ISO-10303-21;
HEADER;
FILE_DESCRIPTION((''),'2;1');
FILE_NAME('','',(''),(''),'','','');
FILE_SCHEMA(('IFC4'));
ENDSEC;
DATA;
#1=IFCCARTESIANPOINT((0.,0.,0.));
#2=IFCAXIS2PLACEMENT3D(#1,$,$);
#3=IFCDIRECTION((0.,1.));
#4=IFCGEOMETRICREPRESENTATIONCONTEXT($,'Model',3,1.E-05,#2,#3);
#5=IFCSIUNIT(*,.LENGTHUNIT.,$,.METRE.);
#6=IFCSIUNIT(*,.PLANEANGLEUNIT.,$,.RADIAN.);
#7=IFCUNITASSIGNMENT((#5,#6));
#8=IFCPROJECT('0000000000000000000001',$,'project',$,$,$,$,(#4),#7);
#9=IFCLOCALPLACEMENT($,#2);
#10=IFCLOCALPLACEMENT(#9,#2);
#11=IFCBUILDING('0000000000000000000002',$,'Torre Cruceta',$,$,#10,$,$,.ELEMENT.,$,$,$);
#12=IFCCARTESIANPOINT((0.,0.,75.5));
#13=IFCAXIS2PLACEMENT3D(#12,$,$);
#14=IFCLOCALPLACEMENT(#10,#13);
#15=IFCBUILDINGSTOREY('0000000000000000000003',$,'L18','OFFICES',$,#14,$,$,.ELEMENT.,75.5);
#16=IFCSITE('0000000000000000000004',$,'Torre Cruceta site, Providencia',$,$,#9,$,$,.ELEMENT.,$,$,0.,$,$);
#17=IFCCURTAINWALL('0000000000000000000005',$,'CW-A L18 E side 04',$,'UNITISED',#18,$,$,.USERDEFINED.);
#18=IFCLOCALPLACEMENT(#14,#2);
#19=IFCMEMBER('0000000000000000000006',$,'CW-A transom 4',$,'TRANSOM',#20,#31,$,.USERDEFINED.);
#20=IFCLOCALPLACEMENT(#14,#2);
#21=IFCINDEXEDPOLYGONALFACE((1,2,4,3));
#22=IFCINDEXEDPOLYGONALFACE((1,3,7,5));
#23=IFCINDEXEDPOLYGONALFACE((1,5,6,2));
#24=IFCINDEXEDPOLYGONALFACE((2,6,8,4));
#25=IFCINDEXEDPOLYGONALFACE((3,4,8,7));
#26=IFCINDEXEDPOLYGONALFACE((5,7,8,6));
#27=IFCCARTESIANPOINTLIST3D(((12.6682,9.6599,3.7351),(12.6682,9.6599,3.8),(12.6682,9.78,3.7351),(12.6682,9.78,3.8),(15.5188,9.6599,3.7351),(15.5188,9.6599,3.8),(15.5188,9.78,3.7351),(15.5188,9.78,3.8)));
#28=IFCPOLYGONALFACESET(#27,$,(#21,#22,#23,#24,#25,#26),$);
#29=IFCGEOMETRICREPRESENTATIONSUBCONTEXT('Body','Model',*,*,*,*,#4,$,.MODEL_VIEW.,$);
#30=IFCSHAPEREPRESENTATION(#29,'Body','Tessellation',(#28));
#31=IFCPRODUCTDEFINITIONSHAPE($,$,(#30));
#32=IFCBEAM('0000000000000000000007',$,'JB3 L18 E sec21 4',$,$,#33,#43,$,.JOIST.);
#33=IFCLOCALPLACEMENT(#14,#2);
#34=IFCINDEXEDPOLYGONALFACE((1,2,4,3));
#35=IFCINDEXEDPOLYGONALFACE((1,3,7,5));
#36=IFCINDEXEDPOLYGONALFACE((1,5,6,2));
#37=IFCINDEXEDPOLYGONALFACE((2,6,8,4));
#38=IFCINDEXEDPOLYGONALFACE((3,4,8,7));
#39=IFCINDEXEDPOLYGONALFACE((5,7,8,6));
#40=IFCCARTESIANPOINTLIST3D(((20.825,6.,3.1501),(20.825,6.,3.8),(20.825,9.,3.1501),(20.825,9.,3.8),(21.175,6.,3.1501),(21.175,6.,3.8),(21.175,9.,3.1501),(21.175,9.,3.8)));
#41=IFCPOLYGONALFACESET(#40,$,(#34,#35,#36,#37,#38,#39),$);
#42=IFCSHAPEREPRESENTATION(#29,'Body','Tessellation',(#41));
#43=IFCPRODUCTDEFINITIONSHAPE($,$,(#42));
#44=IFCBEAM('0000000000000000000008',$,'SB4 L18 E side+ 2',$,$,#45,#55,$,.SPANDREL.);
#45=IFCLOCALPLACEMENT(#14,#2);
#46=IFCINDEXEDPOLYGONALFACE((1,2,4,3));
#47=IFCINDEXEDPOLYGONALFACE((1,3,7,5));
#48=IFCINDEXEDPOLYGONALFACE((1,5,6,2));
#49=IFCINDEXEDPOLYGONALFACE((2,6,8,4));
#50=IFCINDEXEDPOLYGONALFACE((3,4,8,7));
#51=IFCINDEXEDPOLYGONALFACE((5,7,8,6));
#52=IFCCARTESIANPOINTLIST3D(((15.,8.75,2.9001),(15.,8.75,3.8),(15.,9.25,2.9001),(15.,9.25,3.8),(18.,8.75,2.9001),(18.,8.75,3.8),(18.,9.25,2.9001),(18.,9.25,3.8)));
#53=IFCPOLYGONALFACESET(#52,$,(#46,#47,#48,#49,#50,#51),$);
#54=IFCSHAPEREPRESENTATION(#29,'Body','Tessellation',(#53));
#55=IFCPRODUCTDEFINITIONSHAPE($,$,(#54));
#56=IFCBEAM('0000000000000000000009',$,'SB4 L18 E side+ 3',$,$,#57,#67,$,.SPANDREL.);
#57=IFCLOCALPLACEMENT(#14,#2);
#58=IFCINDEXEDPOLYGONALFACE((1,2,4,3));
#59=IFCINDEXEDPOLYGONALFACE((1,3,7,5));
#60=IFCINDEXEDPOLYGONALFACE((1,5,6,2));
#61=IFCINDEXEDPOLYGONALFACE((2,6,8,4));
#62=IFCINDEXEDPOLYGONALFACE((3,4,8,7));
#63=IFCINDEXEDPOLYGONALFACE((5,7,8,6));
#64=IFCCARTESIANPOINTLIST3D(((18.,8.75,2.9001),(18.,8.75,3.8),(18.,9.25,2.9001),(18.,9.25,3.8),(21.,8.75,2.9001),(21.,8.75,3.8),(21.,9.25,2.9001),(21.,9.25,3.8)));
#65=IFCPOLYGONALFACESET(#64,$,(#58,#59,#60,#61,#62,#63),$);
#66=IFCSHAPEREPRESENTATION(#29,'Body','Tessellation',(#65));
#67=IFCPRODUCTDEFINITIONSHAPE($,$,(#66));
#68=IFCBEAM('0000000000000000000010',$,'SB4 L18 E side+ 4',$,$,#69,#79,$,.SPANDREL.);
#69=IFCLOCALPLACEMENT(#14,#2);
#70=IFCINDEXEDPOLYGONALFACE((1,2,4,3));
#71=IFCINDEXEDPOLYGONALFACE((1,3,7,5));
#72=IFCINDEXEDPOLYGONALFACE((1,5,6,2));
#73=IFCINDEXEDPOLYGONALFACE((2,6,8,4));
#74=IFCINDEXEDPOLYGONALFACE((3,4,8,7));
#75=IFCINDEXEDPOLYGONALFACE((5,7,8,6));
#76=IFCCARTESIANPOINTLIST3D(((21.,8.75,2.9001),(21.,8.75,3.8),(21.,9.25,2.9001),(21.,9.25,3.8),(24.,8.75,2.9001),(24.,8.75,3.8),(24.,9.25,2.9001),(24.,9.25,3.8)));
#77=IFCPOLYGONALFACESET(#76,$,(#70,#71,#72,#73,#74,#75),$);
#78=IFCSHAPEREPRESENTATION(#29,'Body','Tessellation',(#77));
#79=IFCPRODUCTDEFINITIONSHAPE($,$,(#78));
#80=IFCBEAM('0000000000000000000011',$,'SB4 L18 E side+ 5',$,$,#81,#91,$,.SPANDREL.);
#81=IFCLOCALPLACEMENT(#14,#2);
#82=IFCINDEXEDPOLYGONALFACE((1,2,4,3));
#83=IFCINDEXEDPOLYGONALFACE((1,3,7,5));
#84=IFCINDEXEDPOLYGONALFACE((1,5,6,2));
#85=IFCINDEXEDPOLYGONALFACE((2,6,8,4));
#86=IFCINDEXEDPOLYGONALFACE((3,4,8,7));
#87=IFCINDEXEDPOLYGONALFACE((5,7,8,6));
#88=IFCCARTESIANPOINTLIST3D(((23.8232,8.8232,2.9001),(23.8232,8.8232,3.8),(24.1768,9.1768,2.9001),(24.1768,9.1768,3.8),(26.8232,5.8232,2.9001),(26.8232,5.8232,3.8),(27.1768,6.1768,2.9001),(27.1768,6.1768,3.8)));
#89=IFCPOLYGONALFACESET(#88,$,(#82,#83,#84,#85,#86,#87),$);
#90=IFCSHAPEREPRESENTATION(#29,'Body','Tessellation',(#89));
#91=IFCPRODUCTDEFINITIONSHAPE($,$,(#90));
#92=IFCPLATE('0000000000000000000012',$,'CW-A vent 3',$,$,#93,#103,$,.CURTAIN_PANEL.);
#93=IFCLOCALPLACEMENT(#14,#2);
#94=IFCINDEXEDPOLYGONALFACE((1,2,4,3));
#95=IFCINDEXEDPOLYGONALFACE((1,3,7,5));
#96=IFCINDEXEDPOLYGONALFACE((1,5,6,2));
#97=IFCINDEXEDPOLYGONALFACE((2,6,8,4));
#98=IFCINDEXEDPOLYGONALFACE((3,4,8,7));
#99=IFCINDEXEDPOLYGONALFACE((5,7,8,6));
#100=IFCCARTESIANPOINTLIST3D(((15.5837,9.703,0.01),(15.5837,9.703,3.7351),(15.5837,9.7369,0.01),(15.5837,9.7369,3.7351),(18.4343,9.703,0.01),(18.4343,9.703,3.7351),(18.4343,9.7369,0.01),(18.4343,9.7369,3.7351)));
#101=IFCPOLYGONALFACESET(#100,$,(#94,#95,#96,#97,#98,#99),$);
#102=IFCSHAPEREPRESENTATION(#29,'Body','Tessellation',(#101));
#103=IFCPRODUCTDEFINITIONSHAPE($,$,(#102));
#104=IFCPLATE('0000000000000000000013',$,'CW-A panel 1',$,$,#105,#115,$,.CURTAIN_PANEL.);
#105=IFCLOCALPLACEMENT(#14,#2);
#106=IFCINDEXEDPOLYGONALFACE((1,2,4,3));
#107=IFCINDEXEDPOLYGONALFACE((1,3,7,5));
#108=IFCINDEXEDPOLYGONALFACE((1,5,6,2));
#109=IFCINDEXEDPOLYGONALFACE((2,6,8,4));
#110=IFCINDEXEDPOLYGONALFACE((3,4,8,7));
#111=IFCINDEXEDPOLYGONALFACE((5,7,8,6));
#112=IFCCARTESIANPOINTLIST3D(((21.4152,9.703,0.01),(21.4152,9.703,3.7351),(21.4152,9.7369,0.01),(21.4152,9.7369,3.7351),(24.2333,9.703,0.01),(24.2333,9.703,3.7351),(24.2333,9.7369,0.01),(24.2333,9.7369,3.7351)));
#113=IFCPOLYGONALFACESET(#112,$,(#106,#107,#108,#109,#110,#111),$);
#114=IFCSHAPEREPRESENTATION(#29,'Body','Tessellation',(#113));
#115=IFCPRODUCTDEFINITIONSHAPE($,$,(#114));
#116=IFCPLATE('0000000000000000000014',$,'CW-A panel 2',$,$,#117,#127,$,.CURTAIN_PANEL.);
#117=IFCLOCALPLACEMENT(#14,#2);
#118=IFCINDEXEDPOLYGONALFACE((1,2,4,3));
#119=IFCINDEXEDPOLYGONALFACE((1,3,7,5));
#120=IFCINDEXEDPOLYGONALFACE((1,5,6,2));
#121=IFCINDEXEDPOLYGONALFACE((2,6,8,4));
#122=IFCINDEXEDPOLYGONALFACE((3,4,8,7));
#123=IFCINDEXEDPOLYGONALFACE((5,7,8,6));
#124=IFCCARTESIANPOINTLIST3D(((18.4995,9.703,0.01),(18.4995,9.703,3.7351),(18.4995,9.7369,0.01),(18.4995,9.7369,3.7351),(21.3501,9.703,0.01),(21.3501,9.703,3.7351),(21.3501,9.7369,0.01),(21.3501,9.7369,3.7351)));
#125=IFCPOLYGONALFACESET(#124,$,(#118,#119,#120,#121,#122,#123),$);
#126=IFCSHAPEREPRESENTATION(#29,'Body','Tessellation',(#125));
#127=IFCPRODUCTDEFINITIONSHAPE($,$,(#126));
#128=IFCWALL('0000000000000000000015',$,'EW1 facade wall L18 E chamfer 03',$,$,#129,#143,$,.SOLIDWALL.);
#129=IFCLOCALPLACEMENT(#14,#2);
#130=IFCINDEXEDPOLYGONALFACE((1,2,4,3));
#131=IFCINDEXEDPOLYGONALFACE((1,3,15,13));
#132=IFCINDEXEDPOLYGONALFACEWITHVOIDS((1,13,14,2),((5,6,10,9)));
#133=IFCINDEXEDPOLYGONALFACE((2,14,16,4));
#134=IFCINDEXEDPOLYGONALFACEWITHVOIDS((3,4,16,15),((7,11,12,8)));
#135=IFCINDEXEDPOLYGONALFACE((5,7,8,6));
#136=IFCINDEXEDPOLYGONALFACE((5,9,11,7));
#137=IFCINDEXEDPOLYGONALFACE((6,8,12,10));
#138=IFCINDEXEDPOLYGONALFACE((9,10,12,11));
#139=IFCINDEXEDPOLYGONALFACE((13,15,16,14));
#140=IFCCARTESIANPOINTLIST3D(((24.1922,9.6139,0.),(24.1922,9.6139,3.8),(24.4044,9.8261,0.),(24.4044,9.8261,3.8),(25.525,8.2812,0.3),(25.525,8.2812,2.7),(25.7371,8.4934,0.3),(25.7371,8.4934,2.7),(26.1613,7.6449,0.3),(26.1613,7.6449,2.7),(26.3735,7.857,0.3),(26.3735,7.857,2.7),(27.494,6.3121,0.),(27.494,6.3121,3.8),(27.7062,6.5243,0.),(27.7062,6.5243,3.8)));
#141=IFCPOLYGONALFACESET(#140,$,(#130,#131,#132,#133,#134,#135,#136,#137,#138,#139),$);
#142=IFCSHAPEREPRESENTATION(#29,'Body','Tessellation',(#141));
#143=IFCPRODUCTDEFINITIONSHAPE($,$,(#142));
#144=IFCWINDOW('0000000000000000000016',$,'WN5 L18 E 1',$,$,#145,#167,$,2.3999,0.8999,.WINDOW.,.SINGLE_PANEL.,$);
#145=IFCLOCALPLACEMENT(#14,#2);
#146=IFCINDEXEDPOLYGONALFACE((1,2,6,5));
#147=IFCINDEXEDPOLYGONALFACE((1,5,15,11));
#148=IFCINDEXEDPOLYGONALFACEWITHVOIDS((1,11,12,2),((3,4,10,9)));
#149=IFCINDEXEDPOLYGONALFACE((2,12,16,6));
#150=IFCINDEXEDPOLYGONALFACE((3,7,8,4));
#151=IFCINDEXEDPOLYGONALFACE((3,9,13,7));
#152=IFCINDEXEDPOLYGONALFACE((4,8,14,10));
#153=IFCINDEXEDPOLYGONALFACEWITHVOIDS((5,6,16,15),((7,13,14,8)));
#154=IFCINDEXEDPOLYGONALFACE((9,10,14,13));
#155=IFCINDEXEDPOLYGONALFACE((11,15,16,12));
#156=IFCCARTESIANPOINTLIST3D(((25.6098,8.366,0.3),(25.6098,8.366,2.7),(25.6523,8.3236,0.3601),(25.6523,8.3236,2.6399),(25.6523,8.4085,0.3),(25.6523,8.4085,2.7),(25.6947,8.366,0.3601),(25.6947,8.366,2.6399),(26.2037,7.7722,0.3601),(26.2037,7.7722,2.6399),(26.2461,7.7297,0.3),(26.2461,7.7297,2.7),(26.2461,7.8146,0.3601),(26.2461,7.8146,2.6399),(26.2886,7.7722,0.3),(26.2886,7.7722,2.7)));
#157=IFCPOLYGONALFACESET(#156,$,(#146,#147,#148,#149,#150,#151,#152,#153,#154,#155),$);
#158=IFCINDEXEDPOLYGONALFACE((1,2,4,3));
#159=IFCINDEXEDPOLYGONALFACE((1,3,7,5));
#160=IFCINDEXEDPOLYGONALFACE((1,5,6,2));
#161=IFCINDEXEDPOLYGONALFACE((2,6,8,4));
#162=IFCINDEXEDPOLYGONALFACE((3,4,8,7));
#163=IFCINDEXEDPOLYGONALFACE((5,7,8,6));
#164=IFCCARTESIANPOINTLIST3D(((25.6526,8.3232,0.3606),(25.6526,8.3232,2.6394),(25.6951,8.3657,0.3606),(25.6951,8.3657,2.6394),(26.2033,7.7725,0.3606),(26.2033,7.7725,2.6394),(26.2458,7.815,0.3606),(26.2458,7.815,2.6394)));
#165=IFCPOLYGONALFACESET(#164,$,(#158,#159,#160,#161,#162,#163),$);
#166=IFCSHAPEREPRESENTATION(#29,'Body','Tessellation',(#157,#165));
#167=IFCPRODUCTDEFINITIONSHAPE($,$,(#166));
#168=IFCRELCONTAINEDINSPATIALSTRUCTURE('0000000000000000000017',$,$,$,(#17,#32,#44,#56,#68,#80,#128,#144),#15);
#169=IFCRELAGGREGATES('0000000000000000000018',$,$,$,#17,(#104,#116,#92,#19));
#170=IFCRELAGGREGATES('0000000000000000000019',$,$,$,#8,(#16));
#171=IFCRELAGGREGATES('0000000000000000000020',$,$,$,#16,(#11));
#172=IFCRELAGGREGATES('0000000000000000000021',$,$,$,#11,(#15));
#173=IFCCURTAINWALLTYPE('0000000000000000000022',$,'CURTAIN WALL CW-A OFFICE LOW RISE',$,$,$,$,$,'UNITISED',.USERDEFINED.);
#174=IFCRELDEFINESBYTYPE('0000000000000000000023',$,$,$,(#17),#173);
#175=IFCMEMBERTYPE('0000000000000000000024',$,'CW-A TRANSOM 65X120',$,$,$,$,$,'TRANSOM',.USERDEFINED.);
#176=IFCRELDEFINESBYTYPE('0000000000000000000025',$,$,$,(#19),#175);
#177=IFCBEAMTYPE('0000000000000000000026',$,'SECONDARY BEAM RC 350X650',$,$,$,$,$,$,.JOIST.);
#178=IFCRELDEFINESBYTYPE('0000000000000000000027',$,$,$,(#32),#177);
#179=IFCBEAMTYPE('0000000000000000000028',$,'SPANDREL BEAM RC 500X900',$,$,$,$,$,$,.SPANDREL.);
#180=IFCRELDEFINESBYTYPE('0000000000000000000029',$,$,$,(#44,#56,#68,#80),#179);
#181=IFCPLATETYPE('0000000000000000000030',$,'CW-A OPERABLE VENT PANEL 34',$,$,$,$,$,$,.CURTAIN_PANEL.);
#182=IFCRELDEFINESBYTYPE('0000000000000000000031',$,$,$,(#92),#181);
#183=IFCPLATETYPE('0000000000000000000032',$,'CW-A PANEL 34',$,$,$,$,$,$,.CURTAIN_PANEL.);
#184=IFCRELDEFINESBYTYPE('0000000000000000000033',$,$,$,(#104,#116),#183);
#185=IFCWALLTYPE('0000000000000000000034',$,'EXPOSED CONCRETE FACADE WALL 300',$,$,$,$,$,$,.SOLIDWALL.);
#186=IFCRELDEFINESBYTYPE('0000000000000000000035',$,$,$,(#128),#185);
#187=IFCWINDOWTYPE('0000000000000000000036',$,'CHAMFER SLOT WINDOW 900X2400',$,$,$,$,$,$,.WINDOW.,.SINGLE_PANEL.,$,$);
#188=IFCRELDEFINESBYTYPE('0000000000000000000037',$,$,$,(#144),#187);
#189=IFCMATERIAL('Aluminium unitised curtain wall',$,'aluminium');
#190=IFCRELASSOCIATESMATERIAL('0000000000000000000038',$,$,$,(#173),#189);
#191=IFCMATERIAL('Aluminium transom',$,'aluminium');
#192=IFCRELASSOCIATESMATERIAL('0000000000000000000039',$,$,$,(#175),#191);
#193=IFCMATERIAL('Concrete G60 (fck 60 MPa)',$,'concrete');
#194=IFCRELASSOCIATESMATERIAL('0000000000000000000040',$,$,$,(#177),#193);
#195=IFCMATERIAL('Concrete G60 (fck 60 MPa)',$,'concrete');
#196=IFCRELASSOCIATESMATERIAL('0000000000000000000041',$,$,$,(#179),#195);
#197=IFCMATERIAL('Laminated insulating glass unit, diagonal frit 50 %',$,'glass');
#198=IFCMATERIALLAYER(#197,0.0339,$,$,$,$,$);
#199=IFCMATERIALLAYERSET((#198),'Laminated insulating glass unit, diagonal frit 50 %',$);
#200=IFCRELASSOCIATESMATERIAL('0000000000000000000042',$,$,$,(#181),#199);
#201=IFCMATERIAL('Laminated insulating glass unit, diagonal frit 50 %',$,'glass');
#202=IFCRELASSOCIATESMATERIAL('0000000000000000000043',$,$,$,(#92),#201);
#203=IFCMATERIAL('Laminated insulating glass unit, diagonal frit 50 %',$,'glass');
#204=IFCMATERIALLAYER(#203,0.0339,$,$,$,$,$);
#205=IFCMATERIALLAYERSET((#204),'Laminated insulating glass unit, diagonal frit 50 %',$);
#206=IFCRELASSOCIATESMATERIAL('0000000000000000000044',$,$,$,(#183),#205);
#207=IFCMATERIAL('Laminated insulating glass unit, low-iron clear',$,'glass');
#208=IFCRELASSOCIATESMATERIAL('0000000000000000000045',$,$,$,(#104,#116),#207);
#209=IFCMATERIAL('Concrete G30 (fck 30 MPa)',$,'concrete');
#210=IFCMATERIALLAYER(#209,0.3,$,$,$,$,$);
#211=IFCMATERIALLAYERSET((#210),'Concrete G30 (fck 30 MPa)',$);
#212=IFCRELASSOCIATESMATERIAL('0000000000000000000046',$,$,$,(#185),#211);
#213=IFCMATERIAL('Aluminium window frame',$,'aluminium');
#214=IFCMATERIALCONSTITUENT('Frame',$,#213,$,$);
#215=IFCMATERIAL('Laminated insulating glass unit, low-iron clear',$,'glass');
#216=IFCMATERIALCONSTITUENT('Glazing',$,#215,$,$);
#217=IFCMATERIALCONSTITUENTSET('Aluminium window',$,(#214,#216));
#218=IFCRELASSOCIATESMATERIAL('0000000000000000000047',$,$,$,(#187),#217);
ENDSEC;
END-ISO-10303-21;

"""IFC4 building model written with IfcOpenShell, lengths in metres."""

from ifc_helpers import new_model, si_unit, direction, frame, frame_2d, origin, origin_2d, place, context, subcontext, project, spatial, rectangle, hollow_rectangle, extrude, material, layer, layer_set, constituent, constituent_set, material_profile, profile_set, type_object, element, fill, aggregate, save


model = new_model("IFC4")

# Units and contexts
model_context = context("Model", 3, precision=1e-05, world=origin(), true_north=direction((0.0, 1.0)))
body_context = subcontext(model_context, "Body", "Model", "MODEL_VIEW")
ifc_project = project(units=[si_unit("LENGTHUNIT", "METRE"), si_unit("PLANEANGLEUNIT", "RADIAN")], contexts=[model_context])

# Site, building, storey
site_placement = place(None, origin())
site = spatial("IfcSite", under=ifc_project, at=site_placement, Name="Torre Cruceta site, Providencia", CompositionType="ELEMENT", RefElevation=0.0)
building_placement = place(site_placement, origin())
building = spatial("IfcBuilding", under=site, at=building_placement, Name="Torre Cruceta", CompositionType="ELEMENT")
storey_placement = place(building_placement, frame((0.0, 0.0, 75.5)))
storey = spatial("IfcBuildingStorey", under=building, at=storey_placement, Name="L18", Description="OFFICES", CompositionType="ELEMENT", Elevation=75.5)

# Curtain wall, member
ifc_material_1 = material(Name="Aluminium unitised curtain wall", Category="aluminium")
curtain_wall_type = type_object("IfcCurtainWallType", Name="CURTAIN WALL CW-A OFFICE LOW RISE", ElementType="UNITISED", PredefinedType="USERDEFINED", material=ifc_material_1)
curtain_wall_placement = place(storey_placement, origin())
curtain_wall = element("IfcCurtainWall", 1, at=curtain_wall_placement, inside=storey, type_object=curtain_wall_type, Name="CW-A L18 E side 04", ObjectType="UNITISED", PredefinedType="USERDEFINED")
ifc_material_2 = material(Name="Aluminium transom", Category="aluminium")
ifc_material_profile_1 = material_profile(ifc_material_2, rectangle(XDim=0.1201, YDim=0.0649, at=origin_2d()), Name="AL 120X65")
ifc_profile_set_1 = profile_set([ifc_material_profile_1], Name="Aluminium transom")
member_type_1 = type_object("IfcMemberType", Name="CW-A TRANSOM 65X120", ElementType="TRANSOM", PredefinedType="USERDEFINED", material=ifc_profile_set_1)
member_1_placement = place(storey_placement, frame((15.5188, 9.72, 3.7676), z_axis=(-1.0, 0.0, 0.0), x_axis=(0.0, -1.0, 0.0)))
member_1 = element("IfcMember", 2, at=member_1_placement, type_object=member_type_1, Name="CW-A transom 4", ObjectType="TRANSOM", PredefinedType="USERDEFINED", context=body_context, shape_type="SweptSolid", body=[
    extrude(rectangle(XDim=0.1201, YDim=0.0649, at=origin_2d()), origin(), (0.0, 0.0, 1.0), 2.8506),
])

# Beams
ifc_material_3 = material(Name="Concrete G60 (fck 60 MPa)", Category="concrete")
ifc_material_profile_2 = material_profile(ifc_material_3, rectangle(XDim=0.3501, YDim=0.6499, at=origin_2d()), Name="RC 350X650")
ifc_profile_set_2 = profile_set([ifc_material_profile_2], Name="Concrete G60 (fck 60 MPa)")
beam_type_1 = type_object("IfcBeamType", Name="SECONDARY BEAM RC 350X650", PredefinedType="JOIST", material=ifc_profile_set_2)
beam_1_placement = place(storey_placement, frame((21.0, 6.0, 3.4751), z_axis=(0.0, 1.0, 0.0), x_axis=(-1.0, 0.0, 0.0)))
element("IfcBeam", 3, at=beam_1_placement, inside=storey, type_object=beam_type_1, Name="JB3 L18 E sec21 4", PredefinedType="JOIST", context=body_context, shape_type="SweptSolid", body=[
    extrude(rectangle(XDim=0.3501, YDim=0.6499, at=origin_2d()), origin(), (0.0, 0.0, 1.0), 3.0),
])
ifc_material_4 = material(Name="Concrete G60 (fck 60 MPa)", Category="concrete")
ifc_material_profile_3 = material_profile(ifc_material_4, rectangle(XDim=0.5, YDim=0.8999, at=origin_2d()), Name="RC 500X900")
ifc_profile_set_3 = profile_set([ifc_material_profile_3], Name="Concrete G60 (fck 60 MPa)")
beam_type_2 = type_object("IfcBeamType", Name="SPANDREL BEAM RC 500X900", PredefinedType="SPANDREL", material=ifc_profile_set_3)
for number, where, z_axis, x_axis, name in (
    (4, (15.0, 9.0, 3.3501), (1.0, 0.0, 0.0), (0.0, 1.0, 0.0), "SB4 L18 E side+ 2"),
    (5, (18.0, 9.0, 3.3501), (1.0, 0.0, 0.0), (0.0, 1.0, 0.0), "SB4 L18 E side+ 3"),
    (6, (21.0, 9.0, 3.3501), (1.0, 0.0, 0.0), (0.0, 1.0, 0.0), "SB4 L18 E side+ 4"),
):
    element("IfcBeam", number, at=place(storey_placement, frame(where, z_axis=z_axis, x_axis=x_axis)), inside=storey, type_object=beam_type_2, Name=name, PredefinedType="SPANDREL", context=body_context, shape_type="SweptSolid", body=[
        extrude(rectangle(XDim=0.5, YDim=0.8999, at=origin_2d()), origin(), (0.0, 0.0, 1.0), 3.0),
    ])
beam_2_placement = place(storey_placement, frame((24.0, 9.0, 3.3501), z_axis=(0.707107, -0.707107, 0.0), x_axis=(0.707107, 0.707107, 0.0)))
element("IfcBeam", 7, at=beam_2_placement, inside=storey, type_object=beam_type_2, Name="SB4 L18 E side+ 5", PredefinedType="SPANDREL", context=body_context, shape_type="SweptSolid", body=[
    extrude(rectangle(XDim=0.5, YDim=0.8999, at=origin_2d()), origin(), (0.0, 0.0, 1.0), 4.2427),
])

# Plates
ifc_material_5 = material(Name="Laminated insulating glass unit, diagonal frit 50 %", Category="glass")
ifc_material_6 = material(Name="Laminated insulating glass unit, diagonal frit 50 %", Category="glass")
ifc_layer_1 = layer(ifc_material_6, 0.0339)
ifc_layer_set_1 = layer_set([ifc_layer_1], Name="Laminated insulating glass unit, diagonal frit 50 %")
plate_type_1 = type_object("IfcPlateType", Name="CW-A OPERABLE VENT PANEL 34", PredefinedType="CURTAIN_PANEL", material=ifc_layer_set_1)
plate_1_placement = place(storey_placement, frame((17.009, 9.72, 0.01), z_axis=(0.0, 0.0, 1.0), x_axis=(-1.0, 0.0, 0.0)))
plate_1 = element("IfcPlate", 8, at=plate_1_placement, type_object=plate_type_1, material=ifc_material_5, Name="CW-A vent 3", PredefinedType="CURTAIN_PANEL", context=body_context, shape_type="SweptSolid", body=[
    extrude(rectangle(XDim=2.8506, YDim=0.0339, at=origin_2d()), origin(), (0.0, 0.0, 1.0), 3.7251),
])
ifc_material_7 = material(Name="Laminated insulating glass unit, low-iron clear", Category="glass")
ifc_material_8 = material(Name="Laminated insulating glass unit, diagonal frit 50 %", Category="glass")
ifc_layer_2 = layer(ifc_material_8, 0.0339)
ifc_layer_set_2 = layer_set([ifc_layer_2], Name="Laminated insulating glass unit, diagonal frit 50 %")
plate_type_2 = type_object("IfcPlateType", Name="CW-A PANEL 34", PredefinedType="CURTAIN_PANEL", material=ifc_layer_set_2)
plate_2_placement = place(storey_placement, frame((22.8242, 9.72, 0.01), z_axis=(0.0, 0.0, 1.0), x_axis=(-1.0, 0.0, 0.0)))
plate_2 = element("IfcPlate", 9, at=plate_2_placement, type_object=plate_type_2, material=ifc_material_7, Name="CW-A panel 1", PredefinedType="CURTAIN_PANEL", context=body_context, shape_type="SweptSolid", body=[
    extrude(rectangle(XDim=2.8181, YDim=0.0339, at=origin_2d()), origin(), (0.0, 0.0, 1.0), 3.7251),
])
plate_3_placement = place(storey_placement, frame((19.9248, 9.72, 0.01), z_axis=(0.0, 0.0, 1.0), x_axis=(-1.0, 0.0, 0.0)))
plate_3 = element("IfcPlate", 10, at=plate_3_placement, type_object=plate_type_2, material=ifc_material_7, Name="CW-A panel 2", PredefinedType="CURTAIN_PANEL", context=body_context, shape_type="SweptSolid", body=[
    extrude(rectangle(XDim=2.8506, YDim=0.0339, at=origin_2d()), origin(), (0.0, 0.0, 1.0), 3.7251),
])
aggregate(curtain_wall, [plate_2, plate_3, plate_1, member_1])

# Wall, opening, window
ifc_material_9 = material(Name="Concrete G30 (fck 30 MPa)", Category="concrete")
ifc_layer_3 = layer(ifc_material_9, 0.3)
ifc_layer_set_3 = layer_set([ifc_layer_3], Name="Concrete G30 (fck 30 MPa)")
wall_type_1 = type_object("IfcWallType", Name="EXPOSED CONCRETE FACADE WALL 300", PredefinedType="SOLIDWALL", material=ifc_layer_set_3)
wall_1_placement = place(storey_placement, frame((27.6001, 6.4182, 0.0), z_axis=(0.0, 0.0, 1.0), x_axis=(-0.707107, 0.707107, 0.0)))
wall_1 = element("IfcWall", 11, at=wall_1_placement, inside=storey, type_object=wall_type_1, Name="EW1 facade wall L18 E chamfer 03", PredefinedType="SOLIDWALL", context=body_context, shape_type="SweptSolid", body=[
    extrude(rectangle(XDim=4.6694, YDim=0.3, at=frame_2d((2.3347, 0.0))), origin(), (0.0, 0.0, 1.0), 3.8),
])
opening_1_placement = place(wall_1_placement, frame((1.8848, 0.0, 0.3)))
opening_1 = element("IfcOpeningElement", 12, at=opening_1_placement, cuts=wall_1, PredefinedType="OPENING", context=body_context, shape_type="SweptSolid", body=[
    extrude(rectangle(XDim=0.8999, YDim=2.3999, at=frame_2d((0.45, 1.2))), frame((0.0, 0.1599, 0.0), z_axis=(0.0, -1.0, 0.0), x_axis=(1.0, 0.0, 0.0)), (0.0, 0.0, 1.0), 0.3201),
])
ifc_material_10 = material(Name="Aluminium window frame", Category="aluminium")
ifc_constituent_1 = constituent(ifc_material_10, Name="Frame")
ifc_material_11 = material(Name="Laminated insulating glass unit, low-iron clear", Category="glass")
ifc_constituent_2 = constituent(ifc_material_11, Name="Glazing")
ifc_constituent_set_1 = constituent_set(constituents=[ifc_constituent_1, ifc_constituent_2], Name="Aluminium window")
window_type = type_object("IfcWindowType", Name="CHAMFER SLOT WINDOW 900X2400", PartitioningType="SINGLE_PANEL", PredefinedType="WINDOW", material=ifc_constituent_set_1)
window_placement = place(opening_1_placement, origin())
window = element("IfcWindow", 13, at=window_placement, inside=storey, type_object=window_type, Name="WN5 L18 E 1", OverallHeight=2.3999, OverallWidth=0.8999, PartitioningType="SINGLE_PANEL", PredefinedType="WINDOW", context=body_context, shape_type="SweptSolid", body=[
    extrude(hollow_rectangle(XDim=0.8999, YDim=2.3999, WallThickness=0.0601, at=frame_2d((0.45, 1.2))), frame((0.0, 0.03, 0.0), z_axis=(0.0, -1.0, 0.0), x_axis=(1.0, 0.0, 0.0)), (0.0, 0.0, 1.0), 0.0601),
    extrude(rectangle(XDim=0.7788, YDim=2.2788, at=frame_2d((0.45, 1.2))), frame((0.0, 0.03, 0.0), z_axis=(0.0, -1.0, 0.0), x_axis=(1.0, 0.0, 0.0)), (0.0, 0.0, 1.0), 0.0601),
])
fill(opening_1, window)

save(model, "model.ifc")
